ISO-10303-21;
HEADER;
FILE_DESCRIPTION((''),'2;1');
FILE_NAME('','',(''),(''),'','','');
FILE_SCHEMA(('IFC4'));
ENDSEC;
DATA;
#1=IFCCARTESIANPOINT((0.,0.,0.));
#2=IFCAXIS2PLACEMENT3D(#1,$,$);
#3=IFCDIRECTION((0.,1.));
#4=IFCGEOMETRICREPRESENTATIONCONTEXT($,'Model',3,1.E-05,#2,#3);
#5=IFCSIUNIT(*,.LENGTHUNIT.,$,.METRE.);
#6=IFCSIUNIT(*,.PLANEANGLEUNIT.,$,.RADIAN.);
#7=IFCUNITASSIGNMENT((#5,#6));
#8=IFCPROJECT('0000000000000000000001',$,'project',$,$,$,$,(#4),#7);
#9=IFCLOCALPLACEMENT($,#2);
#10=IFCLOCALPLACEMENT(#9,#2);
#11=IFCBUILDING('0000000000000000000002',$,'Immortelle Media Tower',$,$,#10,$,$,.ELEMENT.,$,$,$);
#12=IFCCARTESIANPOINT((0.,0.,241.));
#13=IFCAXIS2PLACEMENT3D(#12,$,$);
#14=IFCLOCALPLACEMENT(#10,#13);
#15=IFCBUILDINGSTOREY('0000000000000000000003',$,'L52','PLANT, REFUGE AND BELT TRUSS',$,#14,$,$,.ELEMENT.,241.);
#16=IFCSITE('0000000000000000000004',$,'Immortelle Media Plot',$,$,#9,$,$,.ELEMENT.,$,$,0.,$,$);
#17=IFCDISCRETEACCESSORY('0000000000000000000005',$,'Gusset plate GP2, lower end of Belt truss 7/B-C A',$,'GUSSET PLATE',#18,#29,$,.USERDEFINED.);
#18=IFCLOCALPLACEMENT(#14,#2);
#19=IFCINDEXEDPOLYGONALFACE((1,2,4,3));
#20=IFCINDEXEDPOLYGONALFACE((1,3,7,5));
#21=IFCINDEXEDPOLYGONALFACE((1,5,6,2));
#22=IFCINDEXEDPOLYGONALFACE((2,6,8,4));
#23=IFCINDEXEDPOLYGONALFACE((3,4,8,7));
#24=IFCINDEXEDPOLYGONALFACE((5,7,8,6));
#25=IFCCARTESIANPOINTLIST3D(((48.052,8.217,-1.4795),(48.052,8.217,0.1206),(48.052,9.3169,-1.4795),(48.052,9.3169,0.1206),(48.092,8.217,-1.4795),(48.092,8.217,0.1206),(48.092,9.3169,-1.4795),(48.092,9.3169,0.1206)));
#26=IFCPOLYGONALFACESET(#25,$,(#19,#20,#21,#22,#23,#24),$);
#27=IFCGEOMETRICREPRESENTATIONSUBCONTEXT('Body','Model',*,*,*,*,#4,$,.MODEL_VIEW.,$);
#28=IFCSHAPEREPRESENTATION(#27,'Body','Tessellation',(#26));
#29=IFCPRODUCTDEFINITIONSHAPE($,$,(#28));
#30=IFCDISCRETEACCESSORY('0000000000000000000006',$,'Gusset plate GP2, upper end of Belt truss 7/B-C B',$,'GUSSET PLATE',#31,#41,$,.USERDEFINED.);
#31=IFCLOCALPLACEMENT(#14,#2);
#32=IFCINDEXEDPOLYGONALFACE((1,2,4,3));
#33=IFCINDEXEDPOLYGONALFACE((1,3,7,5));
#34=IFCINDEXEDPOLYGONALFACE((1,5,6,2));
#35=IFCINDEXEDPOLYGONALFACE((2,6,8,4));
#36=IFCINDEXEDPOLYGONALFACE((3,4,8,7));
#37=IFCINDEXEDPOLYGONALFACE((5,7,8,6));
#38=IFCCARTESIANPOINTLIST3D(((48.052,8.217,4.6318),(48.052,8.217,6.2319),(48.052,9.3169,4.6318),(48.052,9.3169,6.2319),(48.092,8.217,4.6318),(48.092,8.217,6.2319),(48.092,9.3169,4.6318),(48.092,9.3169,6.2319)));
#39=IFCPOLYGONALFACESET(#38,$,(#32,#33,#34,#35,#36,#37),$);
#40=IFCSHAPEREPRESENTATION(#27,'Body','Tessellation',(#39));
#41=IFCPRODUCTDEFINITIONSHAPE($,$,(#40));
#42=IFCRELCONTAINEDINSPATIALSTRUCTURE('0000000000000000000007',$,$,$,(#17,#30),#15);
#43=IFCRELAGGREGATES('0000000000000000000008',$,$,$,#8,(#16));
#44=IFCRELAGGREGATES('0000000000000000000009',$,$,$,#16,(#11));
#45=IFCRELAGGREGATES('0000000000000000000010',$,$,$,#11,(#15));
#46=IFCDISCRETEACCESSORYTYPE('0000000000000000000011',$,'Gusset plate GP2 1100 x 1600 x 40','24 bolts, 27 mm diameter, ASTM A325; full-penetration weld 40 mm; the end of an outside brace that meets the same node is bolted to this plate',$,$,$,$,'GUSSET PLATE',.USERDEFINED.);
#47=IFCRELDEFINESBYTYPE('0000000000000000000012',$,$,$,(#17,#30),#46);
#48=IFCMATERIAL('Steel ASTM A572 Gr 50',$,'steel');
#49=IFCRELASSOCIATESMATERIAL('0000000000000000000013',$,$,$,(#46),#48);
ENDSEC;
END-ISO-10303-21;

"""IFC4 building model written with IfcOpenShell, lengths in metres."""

from ifc_helpers import new_model, si_unit, direction, frame, origin, origin_2d, place, context, subcontext, project, spatial, rectangle, extrude, material, material_profile, profile_set, type_object, element, save


model = new_model("IFC4")

# Units and contexts
model_context = context("Model", 3, precision=1e-05, world=origin(), true_north=direction((0.0, 1.0)))
body_context = subcontext(model_context, "Body", "Model", "MODEL_VIEW")
ifc_project = project(units=[si_unit("LENGTHUNIT", "METRE"), si_unit("PLANEANGLEUNIT", "RADIAN")], contexts=[model_context])

# Site, building, storey
site_placement = place(None, origin())
site = spatial("IfcSite", under=ifc_project, at=site_placement, Name="Immortelle Media Plot", CompositionType="ELEMENT", RefElevation=0.0)
building_placement = place(site_placement, origin())
building = spatial("IfcBuilding", under=site, at=building_placement, Name="Immortelle Media Tower", CompositionType="ELEMENT")
storey_placement = place(building_placement, frame((0.0, 0.0, 241.0)))
storey = spatial("IfcBuildingStorey", under=building, at=storey_placement, Name="L52", Description="PLANT, REFUGE AND BELT TRUSS", CompositionType="ELEMENT", Elevation=241.0)

# Discrete accessories
ifc_material_1 = material(Name="Steel ASTM A572 Gr 50", Category="steel")
ifc_material_profile_1 = material_profile(ifc_material_1, rectangle(XDim=0.04, YDim=1.6001, at=origin_2d()), Name="PL 40 x 1600")
ifc_profile_set_1 = profile_set([ifc_material_profile_1], Name="Steel ASTM A572 Gr 50")
discrete_accessory_type_1 = type_object("IfcDiscreteAccessoryType", Name="Gusset plate GP2 1100 x 1600 x 40", Description="24 bolts, 27 mm diameter, ASTM A325; full-penetration weld 40 mm; the end of an outside brace that meets the same node is bolted to this plate", ElementType="GUSSET PLATE", PredefinedType="USERDEFINED", material=ifc_profile_set_1)
for number, where, z_axis, x_axis, name in (
    (1, (48.072, 8.217, -0.6794), (0.0, 1.0, 0.0), (-1.0, 0.0, 0.0), "Gusset plate GP2, lower end of Belt truss 7/B-C A"),
    (2, (48.072, 8.217, 5.4319), (0.0, 1.0, 0.0), (-1.0, 0.0, 0.0), "Gusset plate GP2, upper end of Belt truss 7/B-C B"),
):
    element("IfcDiscreteAccessory", number, at=place(storey_placement, frame(where, z_axis=z_axis, x_axis=x_axis)), inside=storey, type_object=discrete_accessory_type_1, Name=name, ObjectType="GUSSET PLATE", PredefinedType="USERDEFINED", context=body_context, shape_type="SweptSolid", body=[
        extrude(rectangle(XDim=0.04, YDim=1.6001, at=origin_2d()), origin(), (0.0, 0.0, 1.0), 1.0999),
    ])

save(model, "model.ifc")
